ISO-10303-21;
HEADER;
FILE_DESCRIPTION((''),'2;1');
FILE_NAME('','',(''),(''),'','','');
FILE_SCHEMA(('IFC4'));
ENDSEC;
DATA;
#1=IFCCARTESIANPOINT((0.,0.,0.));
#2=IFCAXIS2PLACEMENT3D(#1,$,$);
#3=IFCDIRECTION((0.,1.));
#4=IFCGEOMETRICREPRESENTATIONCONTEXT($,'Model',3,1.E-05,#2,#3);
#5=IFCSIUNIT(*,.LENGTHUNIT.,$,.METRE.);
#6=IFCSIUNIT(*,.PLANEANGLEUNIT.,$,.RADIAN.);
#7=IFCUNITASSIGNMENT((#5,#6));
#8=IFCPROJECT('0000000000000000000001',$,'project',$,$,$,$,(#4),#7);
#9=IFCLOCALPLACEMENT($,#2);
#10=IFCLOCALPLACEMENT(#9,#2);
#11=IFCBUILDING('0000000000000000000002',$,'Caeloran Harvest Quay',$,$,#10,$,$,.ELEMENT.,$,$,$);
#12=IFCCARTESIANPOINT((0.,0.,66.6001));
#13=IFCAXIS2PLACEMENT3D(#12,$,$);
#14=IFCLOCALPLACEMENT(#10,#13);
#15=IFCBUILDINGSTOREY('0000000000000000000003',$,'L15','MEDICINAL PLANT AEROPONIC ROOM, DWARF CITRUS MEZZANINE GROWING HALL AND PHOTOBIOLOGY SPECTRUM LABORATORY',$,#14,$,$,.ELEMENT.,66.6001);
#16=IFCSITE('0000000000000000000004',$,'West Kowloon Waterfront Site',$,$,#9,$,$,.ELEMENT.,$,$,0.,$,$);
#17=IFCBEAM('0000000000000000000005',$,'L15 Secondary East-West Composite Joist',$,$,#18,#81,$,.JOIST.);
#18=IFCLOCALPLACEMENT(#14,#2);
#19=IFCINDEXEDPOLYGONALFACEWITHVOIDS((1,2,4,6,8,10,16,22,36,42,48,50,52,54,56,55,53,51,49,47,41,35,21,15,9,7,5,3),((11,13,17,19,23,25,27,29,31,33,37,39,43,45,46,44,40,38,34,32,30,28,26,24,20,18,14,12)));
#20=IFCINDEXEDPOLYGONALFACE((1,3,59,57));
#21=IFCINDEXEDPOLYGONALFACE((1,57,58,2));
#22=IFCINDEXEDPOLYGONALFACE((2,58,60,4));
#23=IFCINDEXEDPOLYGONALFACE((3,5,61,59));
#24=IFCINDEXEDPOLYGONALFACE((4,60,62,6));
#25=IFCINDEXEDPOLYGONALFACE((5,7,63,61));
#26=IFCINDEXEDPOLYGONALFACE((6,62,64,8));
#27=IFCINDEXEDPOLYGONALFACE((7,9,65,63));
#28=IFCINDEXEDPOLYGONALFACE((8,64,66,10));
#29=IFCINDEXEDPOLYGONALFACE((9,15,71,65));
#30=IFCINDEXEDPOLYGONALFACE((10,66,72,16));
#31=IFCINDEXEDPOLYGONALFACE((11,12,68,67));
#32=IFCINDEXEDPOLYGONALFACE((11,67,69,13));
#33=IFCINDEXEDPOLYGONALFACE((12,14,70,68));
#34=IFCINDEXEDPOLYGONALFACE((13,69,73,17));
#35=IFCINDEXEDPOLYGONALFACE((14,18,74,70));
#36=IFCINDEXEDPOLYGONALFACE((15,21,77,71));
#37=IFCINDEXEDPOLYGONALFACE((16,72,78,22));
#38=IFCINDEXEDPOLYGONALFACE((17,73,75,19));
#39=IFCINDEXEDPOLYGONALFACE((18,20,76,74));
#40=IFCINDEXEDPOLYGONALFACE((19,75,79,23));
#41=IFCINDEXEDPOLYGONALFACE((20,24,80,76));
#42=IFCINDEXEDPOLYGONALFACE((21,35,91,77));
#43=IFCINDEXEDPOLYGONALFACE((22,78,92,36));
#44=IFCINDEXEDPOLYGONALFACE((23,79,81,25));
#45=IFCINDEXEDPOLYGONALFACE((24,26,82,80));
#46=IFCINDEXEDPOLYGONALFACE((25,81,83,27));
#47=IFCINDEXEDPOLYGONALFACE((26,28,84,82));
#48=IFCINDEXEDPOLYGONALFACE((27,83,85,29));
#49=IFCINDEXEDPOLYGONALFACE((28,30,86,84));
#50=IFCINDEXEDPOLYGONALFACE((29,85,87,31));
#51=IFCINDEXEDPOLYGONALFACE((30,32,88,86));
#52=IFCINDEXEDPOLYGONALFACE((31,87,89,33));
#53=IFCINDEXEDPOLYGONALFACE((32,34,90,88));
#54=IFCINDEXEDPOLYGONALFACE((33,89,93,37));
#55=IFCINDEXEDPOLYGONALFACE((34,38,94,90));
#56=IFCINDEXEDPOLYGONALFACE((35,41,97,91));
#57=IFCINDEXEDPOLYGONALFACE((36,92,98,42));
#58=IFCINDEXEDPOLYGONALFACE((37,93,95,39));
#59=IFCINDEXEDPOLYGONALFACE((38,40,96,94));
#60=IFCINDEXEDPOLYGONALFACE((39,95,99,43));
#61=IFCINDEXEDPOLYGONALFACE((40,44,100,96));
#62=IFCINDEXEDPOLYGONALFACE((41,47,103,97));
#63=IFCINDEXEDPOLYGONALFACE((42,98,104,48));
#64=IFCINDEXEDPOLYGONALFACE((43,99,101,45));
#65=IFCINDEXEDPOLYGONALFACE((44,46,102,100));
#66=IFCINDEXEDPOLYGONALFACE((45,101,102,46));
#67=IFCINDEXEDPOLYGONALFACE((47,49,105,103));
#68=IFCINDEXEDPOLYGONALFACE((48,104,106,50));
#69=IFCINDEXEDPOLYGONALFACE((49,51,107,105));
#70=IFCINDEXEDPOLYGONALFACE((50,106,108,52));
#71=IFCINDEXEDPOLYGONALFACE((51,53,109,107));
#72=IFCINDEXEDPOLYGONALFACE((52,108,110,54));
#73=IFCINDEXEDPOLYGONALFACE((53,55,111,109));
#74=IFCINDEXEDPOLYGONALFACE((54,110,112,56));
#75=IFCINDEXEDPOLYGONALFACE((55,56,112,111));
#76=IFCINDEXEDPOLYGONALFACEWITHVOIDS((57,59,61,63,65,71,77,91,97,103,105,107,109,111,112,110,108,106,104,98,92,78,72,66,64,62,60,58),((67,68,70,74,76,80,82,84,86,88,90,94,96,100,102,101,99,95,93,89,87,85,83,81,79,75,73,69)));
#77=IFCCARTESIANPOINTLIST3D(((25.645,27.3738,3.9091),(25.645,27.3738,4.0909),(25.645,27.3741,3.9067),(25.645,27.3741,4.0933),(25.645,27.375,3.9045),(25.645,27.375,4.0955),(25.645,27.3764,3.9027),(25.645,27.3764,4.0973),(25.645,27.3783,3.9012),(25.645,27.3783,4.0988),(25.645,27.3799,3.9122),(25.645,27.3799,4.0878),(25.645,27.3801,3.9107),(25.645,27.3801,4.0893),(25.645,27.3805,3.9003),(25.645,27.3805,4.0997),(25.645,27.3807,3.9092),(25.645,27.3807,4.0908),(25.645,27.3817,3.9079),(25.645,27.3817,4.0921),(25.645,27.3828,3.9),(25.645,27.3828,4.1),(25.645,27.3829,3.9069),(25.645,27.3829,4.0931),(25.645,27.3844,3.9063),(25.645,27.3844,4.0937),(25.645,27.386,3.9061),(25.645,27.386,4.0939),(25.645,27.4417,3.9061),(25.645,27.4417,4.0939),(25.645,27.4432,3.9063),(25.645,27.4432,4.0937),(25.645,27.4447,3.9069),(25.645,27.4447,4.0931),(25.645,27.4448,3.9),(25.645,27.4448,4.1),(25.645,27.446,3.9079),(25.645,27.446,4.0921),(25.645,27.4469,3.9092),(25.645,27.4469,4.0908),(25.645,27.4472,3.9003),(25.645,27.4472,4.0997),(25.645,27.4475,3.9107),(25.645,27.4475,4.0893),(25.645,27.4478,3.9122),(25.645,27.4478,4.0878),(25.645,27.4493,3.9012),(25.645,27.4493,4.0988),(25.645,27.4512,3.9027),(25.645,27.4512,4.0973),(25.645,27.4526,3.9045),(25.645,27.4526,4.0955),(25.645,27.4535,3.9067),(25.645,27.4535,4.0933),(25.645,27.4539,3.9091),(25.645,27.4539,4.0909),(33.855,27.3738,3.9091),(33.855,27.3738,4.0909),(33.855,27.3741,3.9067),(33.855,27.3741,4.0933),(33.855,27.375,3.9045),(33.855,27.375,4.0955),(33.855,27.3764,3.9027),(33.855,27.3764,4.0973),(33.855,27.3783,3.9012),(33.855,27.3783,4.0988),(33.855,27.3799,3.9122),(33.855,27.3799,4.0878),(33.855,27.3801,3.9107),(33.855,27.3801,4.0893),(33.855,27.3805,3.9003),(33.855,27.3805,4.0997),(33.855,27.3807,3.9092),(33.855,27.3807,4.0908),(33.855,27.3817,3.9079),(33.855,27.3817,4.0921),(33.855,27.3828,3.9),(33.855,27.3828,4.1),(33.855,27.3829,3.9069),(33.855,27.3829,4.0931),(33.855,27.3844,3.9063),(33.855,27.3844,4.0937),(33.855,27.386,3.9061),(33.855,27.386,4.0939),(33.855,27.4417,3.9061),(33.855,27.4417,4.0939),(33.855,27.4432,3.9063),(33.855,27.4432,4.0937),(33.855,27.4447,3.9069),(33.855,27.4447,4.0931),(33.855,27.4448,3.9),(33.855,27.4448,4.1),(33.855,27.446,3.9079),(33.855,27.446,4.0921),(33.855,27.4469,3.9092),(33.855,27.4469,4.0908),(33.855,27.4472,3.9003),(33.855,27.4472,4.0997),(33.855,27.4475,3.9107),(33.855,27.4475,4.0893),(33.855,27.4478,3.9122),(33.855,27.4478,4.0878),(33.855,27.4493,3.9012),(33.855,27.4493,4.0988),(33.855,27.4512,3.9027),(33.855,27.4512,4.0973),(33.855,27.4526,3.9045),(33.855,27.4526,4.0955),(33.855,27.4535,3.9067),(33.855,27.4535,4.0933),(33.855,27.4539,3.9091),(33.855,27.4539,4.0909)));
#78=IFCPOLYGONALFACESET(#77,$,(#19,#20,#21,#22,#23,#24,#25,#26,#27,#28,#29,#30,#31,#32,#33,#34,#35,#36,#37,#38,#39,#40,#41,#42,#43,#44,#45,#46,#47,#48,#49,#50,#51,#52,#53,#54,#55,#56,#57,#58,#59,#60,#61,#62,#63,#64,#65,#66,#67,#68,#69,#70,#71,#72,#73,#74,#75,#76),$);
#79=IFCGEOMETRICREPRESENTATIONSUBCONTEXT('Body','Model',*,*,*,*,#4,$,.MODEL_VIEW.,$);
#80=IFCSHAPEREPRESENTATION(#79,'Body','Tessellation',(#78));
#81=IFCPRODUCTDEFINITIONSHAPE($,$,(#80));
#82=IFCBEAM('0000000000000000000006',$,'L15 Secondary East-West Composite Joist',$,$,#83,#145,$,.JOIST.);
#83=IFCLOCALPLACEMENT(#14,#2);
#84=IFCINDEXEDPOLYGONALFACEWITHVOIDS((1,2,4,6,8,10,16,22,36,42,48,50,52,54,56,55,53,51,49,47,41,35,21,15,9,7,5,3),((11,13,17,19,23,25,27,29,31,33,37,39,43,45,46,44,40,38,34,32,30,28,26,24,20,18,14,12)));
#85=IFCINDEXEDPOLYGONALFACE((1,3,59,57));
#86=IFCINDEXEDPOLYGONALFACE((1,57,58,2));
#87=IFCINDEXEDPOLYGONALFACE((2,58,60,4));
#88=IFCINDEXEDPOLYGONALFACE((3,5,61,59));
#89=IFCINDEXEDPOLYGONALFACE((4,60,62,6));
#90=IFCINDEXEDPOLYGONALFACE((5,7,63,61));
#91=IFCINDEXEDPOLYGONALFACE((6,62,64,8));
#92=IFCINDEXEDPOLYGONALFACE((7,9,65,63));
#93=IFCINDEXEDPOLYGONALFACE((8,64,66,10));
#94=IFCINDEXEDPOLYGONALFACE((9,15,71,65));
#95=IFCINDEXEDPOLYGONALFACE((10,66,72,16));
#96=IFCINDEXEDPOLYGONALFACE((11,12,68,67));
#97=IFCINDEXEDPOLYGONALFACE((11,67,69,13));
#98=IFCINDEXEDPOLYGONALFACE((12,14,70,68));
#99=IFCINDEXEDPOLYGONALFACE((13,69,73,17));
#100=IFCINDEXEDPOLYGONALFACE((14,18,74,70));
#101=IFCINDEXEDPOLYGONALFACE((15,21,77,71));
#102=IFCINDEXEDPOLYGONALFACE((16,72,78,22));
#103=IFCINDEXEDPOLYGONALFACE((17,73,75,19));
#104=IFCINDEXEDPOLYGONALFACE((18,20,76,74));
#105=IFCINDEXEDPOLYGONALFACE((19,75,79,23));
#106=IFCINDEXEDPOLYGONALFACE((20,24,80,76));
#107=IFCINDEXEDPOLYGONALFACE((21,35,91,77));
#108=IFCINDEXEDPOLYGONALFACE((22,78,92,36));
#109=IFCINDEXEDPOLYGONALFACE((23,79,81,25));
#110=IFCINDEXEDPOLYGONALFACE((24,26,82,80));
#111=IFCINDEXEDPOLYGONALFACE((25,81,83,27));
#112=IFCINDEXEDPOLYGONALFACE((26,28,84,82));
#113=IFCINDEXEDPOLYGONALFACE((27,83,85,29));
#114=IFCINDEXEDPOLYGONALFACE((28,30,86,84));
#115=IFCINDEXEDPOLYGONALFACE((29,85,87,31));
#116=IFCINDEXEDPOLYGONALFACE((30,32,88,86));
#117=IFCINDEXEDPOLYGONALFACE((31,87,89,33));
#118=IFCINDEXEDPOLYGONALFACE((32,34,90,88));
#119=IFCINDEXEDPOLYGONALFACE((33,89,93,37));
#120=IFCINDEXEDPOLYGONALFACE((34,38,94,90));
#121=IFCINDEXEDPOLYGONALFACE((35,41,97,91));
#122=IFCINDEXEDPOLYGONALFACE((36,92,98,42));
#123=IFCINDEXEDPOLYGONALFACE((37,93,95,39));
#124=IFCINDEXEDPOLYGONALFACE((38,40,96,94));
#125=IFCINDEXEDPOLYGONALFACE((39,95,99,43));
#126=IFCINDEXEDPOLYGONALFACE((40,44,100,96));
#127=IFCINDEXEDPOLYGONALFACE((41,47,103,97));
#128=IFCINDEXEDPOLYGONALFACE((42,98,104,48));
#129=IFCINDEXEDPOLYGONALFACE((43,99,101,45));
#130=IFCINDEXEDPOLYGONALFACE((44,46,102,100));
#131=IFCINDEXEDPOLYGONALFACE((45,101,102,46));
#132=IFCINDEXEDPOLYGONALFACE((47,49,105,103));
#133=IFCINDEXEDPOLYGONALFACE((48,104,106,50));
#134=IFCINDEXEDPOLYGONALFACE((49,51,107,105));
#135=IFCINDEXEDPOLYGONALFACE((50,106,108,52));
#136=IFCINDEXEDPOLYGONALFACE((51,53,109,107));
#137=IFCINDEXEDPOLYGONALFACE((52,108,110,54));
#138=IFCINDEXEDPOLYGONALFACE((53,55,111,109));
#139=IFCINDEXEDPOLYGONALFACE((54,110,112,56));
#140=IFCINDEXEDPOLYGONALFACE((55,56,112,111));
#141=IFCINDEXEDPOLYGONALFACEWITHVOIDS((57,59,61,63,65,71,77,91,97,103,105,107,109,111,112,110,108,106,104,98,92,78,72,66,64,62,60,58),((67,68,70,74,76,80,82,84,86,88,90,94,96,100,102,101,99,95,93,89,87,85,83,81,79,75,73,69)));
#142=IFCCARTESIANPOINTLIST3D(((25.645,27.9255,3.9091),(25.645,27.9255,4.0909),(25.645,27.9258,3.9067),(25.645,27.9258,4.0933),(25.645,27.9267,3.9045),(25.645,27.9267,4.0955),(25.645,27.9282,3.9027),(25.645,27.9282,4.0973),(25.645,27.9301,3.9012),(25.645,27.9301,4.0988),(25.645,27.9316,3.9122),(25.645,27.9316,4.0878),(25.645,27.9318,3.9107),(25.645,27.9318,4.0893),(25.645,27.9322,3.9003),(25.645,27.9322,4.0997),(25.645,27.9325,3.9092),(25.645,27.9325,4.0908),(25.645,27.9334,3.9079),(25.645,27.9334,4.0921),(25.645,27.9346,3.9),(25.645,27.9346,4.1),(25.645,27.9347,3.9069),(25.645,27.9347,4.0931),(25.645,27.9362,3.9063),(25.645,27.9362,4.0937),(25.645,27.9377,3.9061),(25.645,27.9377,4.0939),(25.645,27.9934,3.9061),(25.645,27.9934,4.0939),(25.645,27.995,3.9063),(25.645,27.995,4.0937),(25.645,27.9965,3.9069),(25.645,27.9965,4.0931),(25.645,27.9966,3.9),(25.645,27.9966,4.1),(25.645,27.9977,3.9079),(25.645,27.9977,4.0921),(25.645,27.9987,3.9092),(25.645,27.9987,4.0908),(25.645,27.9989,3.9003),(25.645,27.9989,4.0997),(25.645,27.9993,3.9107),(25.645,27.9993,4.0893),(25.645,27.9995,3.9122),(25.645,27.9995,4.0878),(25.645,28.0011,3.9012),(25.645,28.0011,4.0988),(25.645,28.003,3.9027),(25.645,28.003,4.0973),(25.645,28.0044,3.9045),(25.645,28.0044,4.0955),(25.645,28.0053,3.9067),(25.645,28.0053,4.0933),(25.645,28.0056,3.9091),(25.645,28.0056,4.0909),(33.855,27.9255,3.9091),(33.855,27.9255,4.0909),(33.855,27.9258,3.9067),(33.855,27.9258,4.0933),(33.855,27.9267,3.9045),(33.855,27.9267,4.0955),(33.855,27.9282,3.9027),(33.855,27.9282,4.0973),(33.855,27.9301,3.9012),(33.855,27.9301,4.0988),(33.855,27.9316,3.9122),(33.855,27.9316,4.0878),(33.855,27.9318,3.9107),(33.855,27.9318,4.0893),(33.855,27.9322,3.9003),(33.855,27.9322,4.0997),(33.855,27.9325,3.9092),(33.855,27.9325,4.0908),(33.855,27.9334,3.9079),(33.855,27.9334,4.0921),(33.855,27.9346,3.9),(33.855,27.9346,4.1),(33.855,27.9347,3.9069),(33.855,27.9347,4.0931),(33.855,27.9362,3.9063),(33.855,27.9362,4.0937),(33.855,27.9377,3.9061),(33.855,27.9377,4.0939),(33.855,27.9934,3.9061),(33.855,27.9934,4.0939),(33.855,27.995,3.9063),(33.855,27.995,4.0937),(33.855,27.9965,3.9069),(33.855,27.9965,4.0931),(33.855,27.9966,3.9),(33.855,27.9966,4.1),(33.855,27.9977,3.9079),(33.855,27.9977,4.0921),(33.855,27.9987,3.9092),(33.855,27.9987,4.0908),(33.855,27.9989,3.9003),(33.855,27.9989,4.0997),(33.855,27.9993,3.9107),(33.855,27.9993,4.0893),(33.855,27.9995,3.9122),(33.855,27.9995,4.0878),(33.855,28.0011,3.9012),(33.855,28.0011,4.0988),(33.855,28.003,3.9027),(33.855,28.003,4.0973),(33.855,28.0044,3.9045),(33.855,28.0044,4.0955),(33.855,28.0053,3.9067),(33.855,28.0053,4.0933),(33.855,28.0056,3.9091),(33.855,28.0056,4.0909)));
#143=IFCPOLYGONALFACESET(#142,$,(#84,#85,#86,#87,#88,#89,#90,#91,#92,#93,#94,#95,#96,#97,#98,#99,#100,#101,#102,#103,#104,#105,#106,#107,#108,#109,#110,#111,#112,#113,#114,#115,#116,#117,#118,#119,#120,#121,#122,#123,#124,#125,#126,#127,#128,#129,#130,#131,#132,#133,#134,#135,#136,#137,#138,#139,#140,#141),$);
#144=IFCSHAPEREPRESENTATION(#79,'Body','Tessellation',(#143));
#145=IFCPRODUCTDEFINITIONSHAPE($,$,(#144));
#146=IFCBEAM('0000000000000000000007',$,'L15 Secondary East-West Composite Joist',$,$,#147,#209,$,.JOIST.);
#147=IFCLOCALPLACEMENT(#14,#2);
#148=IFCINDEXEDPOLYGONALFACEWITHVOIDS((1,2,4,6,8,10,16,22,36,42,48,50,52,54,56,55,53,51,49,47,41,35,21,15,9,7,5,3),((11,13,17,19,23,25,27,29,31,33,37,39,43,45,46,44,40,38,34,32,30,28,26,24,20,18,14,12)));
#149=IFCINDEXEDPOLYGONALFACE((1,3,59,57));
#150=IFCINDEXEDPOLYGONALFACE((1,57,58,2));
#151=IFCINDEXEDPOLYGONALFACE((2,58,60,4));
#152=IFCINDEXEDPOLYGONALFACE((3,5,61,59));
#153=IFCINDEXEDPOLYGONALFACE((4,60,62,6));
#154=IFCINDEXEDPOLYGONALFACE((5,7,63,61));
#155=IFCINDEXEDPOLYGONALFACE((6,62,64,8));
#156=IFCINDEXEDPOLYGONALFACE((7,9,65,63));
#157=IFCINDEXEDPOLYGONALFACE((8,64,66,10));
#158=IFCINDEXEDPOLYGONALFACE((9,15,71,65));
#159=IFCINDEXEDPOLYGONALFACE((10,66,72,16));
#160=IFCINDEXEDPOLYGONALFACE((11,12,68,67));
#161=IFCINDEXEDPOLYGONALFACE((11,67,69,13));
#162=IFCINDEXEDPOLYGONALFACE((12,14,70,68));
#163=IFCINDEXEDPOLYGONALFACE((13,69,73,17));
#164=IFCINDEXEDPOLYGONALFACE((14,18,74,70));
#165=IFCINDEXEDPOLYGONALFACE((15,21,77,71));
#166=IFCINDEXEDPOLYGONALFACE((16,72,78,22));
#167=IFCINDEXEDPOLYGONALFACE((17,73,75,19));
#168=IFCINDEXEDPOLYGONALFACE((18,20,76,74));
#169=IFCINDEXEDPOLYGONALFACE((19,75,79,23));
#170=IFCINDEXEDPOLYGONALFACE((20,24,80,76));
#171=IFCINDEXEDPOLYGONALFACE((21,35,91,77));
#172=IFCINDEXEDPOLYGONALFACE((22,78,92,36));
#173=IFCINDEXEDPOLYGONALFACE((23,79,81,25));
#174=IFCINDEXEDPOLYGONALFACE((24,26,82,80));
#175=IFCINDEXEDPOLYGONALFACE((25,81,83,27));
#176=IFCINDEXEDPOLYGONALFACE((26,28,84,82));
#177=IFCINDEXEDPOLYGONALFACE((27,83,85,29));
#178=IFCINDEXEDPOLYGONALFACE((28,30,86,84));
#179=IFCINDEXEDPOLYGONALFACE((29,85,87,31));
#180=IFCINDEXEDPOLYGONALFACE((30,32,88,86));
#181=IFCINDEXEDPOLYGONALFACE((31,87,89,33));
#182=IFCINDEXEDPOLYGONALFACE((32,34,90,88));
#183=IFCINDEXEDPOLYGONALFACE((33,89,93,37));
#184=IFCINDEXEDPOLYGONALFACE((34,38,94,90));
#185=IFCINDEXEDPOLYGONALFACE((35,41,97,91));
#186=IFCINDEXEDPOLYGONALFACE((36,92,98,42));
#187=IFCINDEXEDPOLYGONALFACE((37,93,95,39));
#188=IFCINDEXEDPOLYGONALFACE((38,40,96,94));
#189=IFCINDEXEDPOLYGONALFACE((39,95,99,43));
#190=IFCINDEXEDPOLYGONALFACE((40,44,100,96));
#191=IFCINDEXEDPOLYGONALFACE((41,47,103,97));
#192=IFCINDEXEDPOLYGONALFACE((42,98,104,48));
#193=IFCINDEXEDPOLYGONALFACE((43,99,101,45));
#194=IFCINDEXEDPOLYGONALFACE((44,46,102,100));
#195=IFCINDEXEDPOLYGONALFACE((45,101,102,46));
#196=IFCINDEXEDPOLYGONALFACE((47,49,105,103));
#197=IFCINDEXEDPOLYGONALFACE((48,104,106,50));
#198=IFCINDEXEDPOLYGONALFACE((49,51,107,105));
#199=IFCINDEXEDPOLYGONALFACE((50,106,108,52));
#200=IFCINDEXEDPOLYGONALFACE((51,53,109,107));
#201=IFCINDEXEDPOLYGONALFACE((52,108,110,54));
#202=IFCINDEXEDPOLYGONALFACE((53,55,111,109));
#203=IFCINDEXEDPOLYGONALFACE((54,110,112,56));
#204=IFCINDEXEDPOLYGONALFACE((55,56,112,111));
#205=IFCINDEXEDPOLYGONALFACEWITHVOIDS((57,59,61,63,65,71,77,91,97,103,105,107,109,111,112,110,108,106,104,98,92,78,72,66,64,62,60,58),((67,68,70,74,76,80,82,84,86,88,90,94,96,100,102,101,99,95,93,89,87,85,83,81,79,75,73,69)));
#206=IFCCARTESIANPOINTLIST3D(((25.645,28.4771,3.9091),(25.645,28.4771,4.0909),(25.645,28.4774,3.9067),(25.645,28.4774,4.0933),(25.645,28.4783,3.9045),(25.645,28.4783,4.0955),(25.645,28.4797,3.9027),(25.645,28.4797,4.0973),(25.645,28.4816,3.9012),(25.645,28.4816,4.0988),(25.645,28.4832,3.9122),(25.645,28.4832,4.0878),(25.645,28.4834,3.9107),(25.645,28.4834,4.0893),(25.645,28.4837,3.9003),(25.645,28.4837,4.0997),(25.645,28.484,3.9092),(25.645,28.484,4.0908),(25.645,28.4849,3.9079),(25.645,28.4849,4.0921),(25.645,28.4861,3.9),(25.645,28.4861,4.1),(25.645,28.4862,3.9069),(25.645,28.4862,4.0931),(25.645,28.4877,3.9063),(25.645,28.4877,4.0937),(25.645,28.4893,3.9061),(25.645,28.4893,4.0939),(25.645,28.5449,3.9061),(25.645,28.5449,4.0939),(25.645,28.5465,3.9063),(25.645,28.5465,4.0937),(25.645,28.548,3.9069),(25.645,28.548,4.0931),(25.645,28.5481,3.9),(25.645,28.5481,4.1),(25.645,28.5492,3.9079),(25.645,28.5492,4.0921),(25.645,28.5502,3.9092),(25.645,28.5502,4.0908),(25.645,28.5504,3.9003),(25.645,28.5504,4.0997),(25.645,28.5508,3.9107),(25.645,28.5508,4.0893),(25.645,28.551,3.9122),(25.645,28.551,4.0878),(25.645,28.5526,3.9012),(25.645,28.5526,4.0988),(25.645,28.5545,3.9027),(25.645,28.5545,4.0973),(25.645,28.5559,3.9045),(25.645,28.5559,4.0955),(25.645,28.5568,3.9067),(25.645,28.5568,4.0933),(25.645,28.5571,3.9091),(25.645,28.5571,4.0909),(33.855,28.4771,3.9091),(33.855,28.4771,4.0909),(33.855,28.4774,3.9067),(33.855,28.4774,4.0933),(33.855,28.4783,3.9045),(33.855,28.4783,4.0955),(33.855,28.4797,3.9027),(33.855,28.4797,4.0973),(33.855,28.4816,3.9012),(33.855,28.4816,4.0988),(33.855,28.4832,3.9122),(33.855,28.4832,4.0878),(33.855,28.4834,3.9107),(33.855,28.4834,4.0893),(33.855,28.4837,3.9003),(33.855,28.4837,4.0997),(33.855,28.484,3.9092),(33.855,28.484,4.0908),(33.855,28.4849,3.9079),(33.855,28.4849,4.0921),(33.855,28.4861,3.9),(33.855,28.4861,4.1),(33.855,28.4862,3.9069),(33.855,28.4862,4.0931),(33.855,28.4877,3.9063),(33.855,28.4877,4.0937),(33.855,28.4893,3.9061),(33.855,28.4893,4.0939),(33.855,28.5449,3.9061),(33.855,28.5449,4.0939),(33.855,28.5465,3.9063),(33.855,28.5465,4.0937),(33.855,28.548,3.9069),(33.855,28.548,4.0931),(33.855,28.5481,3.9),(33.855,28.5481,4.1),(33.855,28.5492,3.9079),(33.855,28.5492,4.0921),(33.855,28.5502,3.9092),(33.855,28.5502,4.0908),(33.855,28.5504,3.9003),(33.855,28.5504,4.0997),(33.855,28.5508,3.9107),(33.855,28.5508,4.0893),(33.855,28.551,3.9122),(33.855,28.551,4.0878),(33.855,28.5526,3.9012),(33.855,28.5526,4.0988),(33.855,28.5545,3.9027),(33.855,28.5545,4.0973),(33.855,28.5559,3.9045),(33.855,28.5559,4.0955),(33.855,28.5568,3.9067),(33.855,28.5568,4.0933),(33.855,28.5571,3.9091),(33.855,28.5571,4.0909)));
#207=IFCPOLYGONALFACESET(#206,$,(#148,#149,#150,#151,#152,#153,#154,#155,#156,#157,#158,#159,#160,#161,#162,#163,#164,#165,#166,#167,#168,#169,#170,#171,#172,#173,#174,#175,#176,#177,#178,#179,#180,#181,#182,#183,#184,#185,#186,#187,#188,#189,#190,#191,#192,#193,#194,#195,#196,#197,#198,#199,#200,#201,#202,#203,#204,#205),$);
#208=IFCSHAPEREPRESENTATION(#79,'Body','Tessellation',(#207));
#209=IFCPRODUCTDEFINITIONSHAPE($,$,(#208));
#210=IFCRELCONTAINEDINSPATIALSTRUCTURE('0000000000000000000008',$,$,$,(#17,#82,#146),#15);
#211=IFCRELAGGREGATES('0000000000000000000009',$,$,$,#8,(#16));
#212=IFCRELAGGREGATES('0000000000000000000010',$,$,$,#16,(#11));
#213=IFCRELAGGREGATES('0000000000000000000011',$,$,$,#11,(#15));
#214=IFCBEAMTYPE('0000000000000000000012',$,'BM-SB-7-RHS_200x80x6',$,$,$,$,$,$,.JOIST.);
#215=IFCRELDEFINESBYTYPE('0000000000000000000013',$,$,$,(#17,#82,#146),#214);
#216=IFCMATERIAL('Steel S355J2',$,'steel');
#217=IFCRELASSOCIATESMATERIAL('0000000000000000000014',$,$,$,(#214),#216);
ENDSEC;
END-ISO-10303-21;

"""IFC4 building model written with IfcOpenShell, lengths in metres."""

from ifc_helpers import new_model, si_unit, direction, frame, origin, origin_2d, place, context, subcontext, project, spatial, hollow_rectangle, extrude, material, material_profile, profile_set, type_object, element, save


model = new_model("IFC4")

# Units and contexts
model_context = context("Model", 3, precision=1e-05, world=origin(), true_north=direction((0.0, 1.0)))
body_context = subcontext(model_context, "Body", "Model", "MODEL_VIEW")
ifc_project = project(units=[si_unit("LENGTHUNIT", "METRE"), si_unit("PLANEANGLEUNIT", "RADIAN")], contexts=[model_context])

# Site, building, storey
site_placement = place(None, origin())
site = spatial("IfcSite", under=ifc_project, at=site_placement, Name="West Kowloon Waterfront Site", CompositionType="ELEMENT", RefElevation=0.0)
building_placement = place(site_placement, origin())
building = spatial("IfcBuilding", under=site, at=building_placement, Name="Caeloran Harvest Quay", CompositionType="ELEMENT")
storey_placement = place(building_placement, frame((0.0, 0.0, 66.6001)))
storey = spatial("IfcBuildingStorey", under=building, at=storey_placement, Name="L15", Description="MEDICINAL PLANT AEROPONIC ROOM, DWARF CITRUS MEZZANINE GROWING HALL AND PHOTOBIOLOGY SPECTRUM LABORATORY", CompositionType="ELEMENT", Elevation=66.6001)

# Beams
ifc_material_1 = material(Name="Steel S355J2", Category="steel")
ifc_material_profile_1 = material_profile(ifc_material_1, hollow_rectangle(XDim=0.0801, YDim=0.2, WallThickness=0.0061, InnerFilletRadius=0.0061, OuterFilletRadius=0.009, at=origin_2d()), Name="RHS 200x80x6")
ifc_profile_set_1 = profile_set([ifc_material_profile_1], Name="Steel S355J2")
beam_type_1 = type_object("IfcBeamType", Name="BM-SB-7-RHS_200x80x6", PredefinedType="JOIST", material=ifc_profile_set_1)
for number, where, z_axis, x_axis, name in (
    (1, (25.645, 27.4138, 4.0), (1.0, 0.0, 0.0), (0.0, 1.0, 0.0), "L15 Secondary East-West Composite Joist"),
    (2, (25.645, 27.9656, 4.0), (1.0, 0.0, 0.0), (0.0, 1.0, 0.0), "L15 Secondary East-West Composite Joist"),
    (3, (25.645, 28.5171, 4.0), (1.0, 0.0, 0.0), (0.0, 1.0, 0.0), "L15 Secondary East-West Composite Joist"),
):
    element("IfcBeam", number, at=place(storey_placement, frame(where, z_axis=z_axis, x_axis=x_axis)), inside=storey, type_object=beam_type_1, Name=name, PredefinedType="JOIST", context=body_context, shape_type="SweptSolid", body=[
        extrude(hollow_rectangle(XDim=0.0801, YDim=0.2, WallThickness=0.0061, InnerFilletRadius=0.0061, OuterFilletRadius=0.009, at=origin_2d()), origin(), (0.0, 0.0, 1.0), 8.21),
    ])

save(model, "model.ifc")
